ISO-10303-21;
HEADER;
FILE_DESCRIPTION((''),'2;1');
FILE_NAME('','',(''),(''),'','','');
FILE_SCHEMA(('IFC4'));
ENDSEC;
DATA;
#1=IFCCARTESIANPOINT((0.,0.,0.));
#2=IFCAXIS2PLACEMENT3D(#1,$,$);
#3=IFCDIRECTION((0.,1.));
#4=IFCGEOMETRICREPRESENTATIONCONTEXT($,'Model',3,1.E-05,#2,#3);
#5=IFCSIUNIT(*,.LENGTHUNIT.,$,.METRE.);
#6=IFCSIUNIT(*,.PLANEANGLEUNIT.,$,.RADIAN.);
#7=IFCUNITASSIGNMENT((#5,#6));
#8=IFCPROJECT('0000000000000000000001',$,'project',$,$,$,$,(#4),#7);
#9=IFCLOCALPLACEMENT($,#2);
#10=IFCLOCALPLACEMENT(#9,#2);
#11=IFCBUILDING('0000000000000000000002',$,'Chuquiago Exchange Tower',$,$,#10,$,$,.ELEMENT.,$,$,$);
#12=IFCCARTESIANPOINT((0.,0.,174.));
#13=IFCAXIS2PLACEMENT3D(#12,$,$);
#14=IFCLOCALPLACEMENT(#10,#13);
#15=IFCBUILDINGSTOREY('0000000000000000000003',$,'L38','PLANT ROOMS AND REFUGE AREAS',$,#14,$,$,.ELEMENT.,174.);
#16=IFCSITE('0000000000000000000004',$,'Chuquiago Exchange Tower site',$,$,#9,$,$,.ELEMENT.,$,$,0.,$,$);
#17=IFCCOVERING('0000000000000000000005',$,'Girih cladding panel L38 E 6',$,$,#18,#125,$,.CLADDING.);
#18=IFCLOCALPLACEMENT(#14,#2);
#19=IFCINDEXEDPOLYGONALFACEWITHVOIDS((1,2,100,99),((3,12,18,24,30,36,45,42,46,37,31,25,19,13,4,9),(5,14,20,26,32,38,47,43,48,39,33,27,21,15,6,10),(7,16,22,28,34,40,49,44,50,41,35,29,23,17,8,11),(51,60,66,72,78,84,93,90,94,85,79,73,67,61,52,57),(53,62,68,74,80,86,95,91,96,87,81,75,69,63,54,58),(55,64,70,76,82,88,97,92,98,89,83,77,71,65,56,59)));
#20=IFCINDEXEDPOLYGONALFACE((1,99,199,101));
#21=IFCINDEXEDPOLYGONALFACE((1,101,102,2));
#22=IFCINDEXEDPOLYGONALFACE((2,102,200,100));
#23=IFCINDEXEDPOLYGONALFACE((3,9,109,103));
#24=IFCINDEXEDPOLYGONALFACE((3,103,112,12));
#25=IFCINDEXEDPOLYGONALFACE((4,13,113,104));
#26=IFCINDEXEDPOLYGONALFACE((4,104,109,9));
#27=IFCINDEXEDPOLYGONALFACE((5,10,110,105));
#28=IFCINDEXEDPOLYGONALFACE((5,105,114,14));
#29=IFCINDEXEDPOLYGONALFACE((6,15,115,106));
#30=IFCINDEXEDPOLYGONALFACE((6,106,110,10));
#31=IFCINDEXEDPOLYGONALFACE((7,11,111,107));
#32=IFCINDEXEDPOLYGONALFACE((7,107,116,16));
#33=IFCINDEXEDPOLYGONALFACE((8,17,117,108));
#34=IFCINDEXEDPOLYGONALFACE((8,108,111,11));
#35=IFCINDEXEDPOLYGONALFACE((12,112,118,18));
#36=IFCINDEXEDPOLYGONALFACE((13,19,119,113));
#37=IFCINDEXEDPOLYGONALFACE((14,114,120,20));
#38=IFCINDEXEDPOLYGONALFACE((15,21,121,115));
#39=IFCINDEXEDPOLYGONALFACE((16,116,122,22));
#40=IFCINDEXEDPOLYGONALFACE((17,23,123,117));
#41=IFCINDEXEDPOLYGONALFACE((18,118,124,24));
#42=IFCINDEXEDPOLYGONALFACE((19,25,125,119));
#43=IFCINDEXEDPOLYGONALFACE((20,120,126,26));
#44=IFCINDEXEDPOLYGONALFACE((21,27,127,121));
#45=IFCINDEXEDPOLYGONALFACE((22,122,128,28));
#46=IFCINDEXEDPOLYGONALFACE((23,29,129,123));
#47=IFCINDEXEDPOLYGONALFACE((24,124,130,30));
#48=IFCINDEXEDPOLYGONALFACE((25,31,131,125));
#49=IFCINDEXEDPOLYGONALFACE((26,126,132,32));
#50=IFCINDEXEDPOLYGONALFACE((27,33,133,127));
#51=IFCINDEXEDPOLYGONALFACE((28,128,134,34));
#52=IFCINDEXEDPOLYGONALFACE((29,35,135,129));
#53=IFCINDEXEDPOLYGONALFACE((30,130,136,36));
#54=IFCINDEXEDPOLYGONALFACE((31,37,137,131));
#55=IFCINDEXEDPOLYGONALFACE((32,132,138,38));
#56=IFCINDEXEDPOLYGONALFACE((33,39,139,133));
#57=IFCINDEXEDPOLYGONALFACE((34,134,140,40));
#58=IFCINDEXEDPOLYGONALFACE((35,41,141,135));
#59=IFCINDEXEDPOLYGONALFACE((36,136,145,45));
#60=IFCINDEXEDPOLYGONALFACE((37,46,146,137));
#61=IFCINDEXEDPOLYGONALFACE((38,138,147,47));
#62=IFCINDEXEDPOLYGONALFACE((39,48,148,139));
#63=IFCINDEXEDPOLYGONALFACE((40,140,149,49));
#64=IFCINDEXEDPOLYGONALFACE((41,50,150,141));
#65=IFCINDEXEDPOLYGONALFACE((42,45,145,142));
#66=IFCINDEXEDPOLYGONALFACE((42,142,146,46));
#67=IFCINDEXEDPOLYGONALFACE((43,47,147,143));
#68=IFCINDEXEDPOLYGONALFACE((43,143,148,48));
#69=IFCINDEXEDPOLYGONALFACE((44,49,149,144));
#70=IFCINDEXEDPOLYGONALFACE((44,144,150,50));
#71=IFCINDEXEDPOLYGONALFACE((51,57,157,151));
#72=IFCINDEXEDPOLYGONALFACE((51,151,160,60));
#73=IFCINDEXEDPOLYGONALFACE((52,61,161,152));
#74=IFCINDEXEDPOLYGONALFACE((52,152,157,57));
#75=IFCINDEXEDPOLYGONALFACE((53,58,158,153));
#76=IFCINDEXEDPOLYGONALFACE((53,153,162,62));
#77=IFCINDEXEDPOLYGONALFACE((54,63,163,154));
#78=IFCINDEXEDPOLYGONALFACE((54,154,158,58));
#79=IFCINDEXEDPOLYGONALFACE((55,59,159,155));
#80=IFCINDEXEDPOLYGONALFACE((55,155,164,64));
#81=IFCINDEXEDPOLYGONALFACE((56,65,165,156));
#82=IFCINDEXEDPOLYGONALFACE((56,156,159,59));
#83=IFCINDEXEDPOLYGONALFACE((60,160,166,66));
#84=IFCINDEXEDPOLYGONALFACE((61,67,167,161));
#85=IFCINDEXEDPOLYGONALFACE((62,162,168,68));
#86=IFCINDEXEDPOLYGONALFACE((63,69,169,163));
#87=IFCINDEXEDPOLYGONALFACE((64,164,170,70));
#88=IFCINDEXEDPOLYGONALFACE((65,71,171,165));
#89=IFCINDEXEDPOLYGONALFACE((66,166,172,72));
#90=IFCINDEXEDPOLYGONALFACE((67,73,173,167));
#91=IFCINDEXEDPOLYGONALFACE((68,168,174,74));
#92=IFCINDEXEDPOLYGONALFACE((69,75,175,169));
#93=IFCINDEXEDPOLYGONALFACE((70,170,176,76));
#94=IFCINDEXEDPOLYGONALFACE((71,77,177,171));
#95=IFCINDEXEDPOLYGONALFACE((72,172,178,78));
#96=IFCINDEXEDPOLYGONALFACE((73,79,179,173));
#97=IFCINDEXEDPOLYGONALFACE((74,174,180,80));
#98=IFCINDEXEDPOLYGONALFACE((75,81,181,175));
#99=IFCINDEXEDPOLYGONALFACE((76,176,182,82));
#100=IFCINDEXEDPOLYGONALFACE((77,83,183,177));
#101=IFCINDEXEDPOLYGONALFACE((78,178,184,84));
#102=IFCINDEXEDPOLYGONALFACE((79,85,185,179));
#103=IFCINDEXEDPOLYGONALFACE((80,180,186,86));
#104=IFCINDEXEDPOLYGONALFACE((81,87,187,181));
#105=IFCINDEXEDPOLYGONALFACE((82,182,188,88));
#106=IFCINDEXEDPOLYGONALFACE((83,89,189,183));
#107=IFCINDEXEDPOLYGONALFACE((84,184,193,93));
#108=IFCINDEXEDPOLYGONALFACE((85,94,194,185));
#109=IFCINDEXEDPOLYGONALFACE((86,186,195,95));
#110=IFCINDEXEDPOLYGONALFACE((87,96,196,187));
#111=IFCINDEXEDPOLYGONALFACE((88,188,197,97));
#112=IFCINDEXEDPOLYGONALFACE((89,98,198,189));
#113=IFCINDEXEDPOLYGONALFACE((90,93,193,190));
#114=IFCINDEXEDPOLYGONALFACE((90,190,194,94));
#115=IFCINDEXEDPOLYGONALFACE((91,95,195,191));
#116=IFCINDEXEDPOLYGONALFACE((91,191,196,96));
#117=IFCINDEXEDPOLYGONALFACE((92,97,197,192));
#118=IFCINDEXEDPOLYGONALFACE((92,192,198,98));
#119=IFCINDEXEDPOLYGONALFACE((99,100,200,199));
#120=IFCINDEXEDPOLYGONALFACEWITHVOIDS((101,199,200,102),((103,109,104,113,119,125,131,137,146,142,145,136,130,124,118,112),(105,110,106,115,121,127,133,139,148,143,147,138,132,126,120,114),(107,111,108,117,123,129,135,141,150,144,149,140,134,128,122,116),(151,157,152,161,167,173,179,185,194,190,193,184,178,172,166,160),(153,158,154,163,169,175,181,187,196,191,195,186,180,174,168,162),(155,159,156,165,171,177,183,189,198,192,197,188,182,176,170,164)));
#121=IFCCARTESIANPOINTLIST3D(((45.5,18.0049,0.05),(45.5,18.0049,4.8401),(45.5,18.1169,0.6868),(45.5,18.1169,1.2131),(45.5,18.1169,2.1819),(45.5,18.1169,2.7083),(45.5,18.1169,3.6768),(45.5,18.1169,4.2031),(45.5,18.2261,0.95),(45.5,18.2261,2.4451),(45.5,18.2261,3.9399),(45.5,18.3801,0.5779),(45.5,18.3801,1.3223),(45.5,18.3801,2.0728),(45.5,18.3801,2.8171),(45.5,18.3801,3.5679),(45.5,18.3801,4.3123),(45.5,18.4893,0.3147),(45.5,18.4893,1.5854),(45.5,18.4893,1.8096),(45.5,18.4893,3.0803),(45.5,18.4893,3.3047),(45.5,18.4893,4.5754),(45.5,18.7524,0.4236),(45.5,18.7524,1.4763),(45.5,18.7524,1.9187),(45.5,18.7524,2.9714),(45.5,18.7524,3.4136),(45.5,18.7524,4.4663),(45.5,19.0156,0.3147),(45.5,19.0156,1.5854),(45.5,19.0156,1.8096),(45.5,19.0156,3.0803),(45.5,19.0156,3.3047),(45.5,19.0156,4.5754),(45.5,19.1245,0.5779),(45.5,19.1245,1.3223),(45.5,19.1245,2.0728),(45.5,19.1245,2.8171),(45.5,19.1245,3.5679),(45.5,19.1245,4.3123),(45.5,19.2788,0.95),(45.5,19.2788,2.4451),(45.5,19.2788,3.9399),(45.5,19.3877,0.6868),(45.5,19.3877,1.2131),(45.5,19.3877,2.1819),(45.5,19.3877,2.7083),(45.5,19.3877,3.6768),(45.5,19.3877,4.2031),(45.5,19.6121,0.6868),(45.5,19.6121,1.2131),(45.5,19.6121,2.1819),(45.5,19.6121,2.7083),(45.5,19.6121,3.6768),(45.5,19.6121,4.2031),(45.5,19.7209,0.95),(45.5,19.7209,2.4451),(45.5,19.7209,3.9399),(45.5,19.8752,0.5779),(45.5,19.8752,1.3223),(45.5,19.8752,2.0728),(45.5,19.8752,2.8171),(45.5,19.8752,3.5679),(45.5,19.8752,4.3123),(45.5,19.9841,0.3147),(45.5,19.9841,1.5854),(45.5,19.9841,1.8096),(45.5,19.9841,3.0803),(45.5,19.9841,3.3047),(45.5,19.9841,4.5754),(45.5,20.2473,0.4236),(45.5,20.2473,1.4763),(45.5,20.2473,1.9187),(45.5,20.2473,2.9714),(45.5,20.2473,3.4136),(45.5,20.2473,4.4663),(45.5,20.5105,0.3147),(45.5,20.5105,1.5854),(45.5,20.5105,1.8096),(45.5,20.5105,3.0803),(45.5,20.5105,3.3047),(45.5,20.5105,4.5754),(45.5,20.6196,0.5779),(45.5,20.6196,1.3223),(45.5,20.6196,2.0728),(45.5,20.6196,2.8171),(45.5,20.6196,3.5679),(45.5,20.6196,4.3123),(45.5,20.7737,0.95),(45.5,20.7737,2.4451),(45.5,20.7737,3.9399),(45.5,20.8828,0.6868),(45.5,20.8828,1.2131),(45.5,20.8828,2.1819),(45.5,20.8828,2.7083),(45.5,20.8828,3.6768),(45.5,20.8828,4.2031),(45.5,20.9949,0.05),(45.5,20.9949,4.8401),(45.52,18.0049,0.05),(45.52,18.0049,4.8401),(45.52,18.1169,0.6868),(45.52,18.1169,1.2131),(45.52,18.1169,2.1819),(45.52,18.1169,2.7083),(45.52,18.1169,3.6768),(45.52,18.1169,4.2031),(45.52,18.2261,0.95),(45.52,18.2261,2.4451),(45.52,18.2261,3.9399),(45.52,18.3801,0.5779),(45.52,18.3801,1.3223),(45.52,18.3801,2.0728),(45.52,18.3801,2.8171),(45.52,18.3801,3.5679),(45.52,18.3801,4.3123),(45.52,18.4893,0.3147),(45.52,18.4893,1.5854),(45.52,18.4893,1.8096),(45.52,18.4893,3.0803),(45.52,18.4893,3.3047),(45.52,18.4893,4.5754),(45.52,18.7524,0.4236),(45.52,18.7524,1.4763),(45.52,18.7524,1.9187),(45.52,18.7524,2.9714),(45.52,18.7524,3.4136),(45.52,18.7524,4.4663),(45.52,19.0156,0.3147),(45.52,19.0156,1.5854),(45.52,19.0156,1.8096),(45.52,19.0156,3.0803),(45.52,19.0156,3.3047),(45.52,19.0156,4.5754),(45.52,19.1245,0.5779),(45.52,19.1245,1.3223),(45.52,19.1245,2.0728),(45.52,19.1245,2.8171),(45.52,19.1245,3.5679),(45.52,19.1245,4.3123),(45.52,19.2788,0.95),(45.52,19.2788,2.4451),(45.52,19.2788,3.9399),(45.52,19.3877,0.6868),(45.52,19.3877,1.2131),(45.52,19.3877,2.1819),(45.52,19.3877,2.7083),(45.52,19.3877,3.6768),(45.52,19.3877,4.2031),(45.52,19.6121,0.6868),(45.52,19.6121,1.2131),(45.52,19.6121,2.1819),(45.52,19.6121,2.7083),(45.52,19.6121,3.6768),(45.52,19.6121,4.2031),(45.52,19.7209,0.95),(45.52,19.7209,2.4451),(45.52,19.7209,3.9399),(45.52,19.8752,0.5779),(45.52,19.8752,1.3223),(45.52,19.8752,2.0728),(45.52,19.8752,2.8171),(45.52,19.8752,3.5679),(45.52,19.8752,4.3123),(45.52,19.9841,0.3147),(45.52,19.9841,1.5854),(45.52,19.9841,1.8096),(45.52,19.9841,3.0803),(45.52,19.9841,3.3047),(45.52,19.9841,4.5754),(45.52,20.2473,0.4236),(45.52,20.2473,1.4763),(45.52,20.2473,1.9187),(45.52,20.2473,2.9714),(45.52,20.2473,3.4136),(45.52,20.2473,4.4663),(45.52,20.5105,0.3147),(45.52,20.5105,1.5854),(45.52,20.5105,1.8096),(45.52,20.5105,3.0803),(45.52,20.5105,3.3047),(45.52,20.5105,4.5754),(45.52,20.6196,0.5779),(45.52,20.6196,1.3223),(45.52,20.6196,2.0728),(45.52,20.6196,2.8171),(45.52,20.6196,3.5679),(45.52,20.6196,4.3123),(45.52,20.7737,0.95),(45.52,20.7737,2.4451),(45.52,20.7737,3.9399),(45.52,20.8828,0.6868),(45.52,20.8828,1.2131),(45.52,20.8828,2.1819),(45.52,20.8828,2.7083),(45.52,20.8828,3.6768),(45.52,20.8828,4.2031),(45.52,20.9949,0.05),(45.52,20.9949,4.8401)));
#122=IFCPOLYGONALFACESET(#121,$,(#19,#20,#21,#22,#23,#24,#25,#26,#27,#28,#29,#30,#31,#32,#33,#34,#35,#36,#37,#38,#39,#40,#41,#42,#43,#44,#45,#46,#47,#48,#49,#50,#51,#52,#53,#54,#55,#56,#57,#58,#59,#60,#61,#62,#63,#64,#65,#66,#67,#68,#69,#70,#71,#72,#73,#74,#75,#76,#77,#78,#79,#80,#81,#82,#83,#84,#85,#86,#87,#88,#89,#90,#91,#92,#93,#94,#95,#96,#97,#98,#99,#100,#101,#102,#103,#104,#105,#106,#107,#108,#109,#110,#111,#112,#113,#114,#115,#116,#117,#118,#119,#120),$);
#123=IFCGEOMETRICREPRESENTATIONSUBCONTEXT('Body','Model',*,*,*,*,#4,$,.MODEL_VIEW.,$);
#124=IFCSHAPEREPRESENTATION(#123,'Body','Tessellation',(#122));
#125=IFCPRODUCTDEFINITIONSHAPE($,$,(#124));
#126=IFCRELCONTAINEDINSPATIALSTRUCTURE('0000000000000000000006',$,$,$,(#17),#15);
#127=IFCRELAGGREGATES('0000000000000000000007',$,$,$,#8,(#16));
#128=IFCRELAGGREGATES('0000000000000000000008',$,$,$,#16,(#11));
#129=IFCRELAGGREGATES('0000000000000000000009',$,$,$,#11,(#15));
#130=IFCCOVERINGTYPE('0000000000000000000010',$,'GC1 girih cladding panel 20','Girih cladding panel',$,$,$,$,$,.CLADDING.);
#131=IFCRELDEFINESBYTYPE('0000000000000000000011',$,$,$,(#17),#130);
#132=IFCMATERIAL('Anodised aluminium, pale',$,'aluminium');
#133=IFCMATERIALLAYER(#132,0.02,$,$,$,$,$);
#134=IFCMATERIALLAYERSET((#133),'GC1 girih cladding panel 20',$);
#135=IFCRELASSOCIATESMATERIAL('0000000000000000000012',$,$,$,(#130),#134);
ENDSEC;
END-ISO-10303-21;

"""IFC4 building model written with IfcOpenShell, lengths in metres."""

from ifc_helpers import new_model, si_unit, direction, frame, origin, place, context, subcontext, project, spatial, polyline, outline, extrude, material, layer, layer_set, type_object, element, save


model = new_model("IFC4")

# Units and contexts
model_context = context("Model", 3, precision=1e-05, world=origin(), true_north=direction((0.0, 1.0)))
body_context = subcontext(model_context, "Body", "Model", "MODEL_VIEW")
ifc_project = project(units=[si_unit("LENGTHUNIT", "METRE"), si_unit("PLANEANGLEUNIT", "RADIAN")], contexts=[model_context])

# Site, building, storey
site_placement = place(None, origin())
site = spatial("IfcSite", under=ifc_project, at=site_placement, Name="Chuquiago Exchange Tower site", CompositionType="ELEMENT", RefElevation=0.0)
building_placement = place(site_placement, origin())
building = spatial("IfcBuilding", under=site, at=building_placement, Name="Chuquiago Exchange Tower", CompositionType="ELEMENT")
storey_placement = place(building_placement, frame((0.0, 0.0, 174.0)))
storey = spatial("IfcBuildingStorey", under=building, at=storey_placement, Name="L38", Description="PLANT ROOMS AND REFUGE AREAS", CompositionType="ELEMENT", Elevation=174.0)

# Covering
ifc_material_1 = material(Name="Anodised aluminium, pale", Category="aluminium")
ifc_layer_1 = layer(ifc_material_1, 0.02)
ifc_layer_set_1 = layer_set([ifc_layer_1], Name="GC1 girih cladding panel 20")
covering_type_1 = type_object("IfcCoveringType", Name="GC1 girih cladding panel 20", Description="Girih cladding panel", PredefinedType="CLADDING", material=ifc_layer_set_1)
covering_1_placement = place(storey_placement, frame((45.5, 18.0049, 0.05), z_axis=(0.0, 0.0, 1.0), x_axis=(0.0, 1.0, 0.0)))
element("IfcCovering", 1, at=covering_1_placement, inside=storey, type_object=covering_type_1, Name="Girih cladding panel L38 E 6", PredefinedType="CLADDING", context=body_context, shape_type="SweptSolid", body=[
    extrude(outline(polyline([(0.0, 0.0), (2.99, 0.0), (2.99, 4.79), (0.0, 4.79), (0.0, 0.0)]), holes=[polyline([(1.2739, 0.8999), (1.3828, 1.1631), (1.1196, 1.2722), (1.0107, 1.5354), (0.7476, 1.4263), (0.4844, 1.5354), (0.3752, 1.2722), (0.1121, 1.1631), (0.2212, 0.8999), (0.1121, 0.6367), (0.3752, 0.5278), (0.4844, 0.2646), (0.7476, 0.3735), (1.0107, 0.2646), (1.1196, 0.5278), (1.3828, 0.6367), (1.2739, 0.8999)]), polyline([(2.7688, 0.8999), (2.8779, 1.1631), (2.6147, 1.2722), (2.5056, 1.5354), (2.2424, 1.4263), (1.9792, 1.5354), (1.8704, 1.2722), (1.6072, 1.1631), (1.7161, 0.8999), (1.6072, 0.6367), (1.8704, 0.5278), (1.9792, 0.2646), (2.2424, 0.3735), (2.5056, 0.2646), (2.6147, 0.5278), (2.8779, 0.6367), (2.7688, 0.8999)]), polyline([(1.2739, 2.395), (1.3828, 2.6582), (1.1196, 2.7671), (1.0107, 3.0303), (0.7476, 2.9214), (0.4844, 3.0303), (0.3752, 2.7671), (0.1121, 2.6582), (0.2212, 2.395), (0.1121, 2.1318), (0.3752, 2.0227), (0.4844, 1.7595), (0.7476, 1.8687), (1.0107, 1.7595), (1.1196, 2.0227), (1.3828, 2.1318), (1.2739, 2.395)]), polyline([(2.7688, 2.395), (2.8779, 2.6582), (2.6147, 2.7671), (2.5056, 3.0303), (2.2424, 2.9214), (1.9792, 3.0303), (1.8704, 2.7671), (1.6072, 2.6582), (1.7161, 2.395), (1.6072, 2.1318), (1.8704, 2.0227), (1.9792, 1.7595), (2.2424, 1.8687), (2.5056, 1.7595), (2.6147, 2.0227), (2.8779, 2.1318), (2.7688, 2.395)]), polyline([(1.2739, 3.8899), (1.3828, 4.1531), (1.1196, 4.2622), (1.0107, 4.5254), (0.7476, 4.4163), (0.4844, 4.5254), (0.3752, 4.2622), (0.1121, 4.1531), (0.2212, 3.8899), (0.1121, 3.6267), (0.3752, 3.5178), (0.4844, 3.2546), (0.7476, 3.3635), (1.0107, 3.2546), (1.1196, 3.5178), (1.3828, 3.6267), (1.2739, 3.8899)]), polyline([(2.7688, 3.8899), (2.8779, 4.1531), (2.6147, 4.2622), (2.5056, 4.5254), (2.2424, 4.4163), (1.9792, 4.5254), (1.8704, 4.2622), (1.6072, 4.1531), (1.7161, 3.8899), (1.6072, 3.6267), (1.8704, 3.5178), (1.9792, 3.2546), (2.2424, 3.3635), (2.5056, 3.2546), (2.6147, 3.5178), (2.8779, 3.6267), (2.7688, 3.8899)])]), frame((0.0, 0.0, 0.0), z_axis=(0.0, -1.0, 0.0), x_axis=(1.0, 0.0, 0.0)), (0.0, 0.0, 1.0), 0.02),
])

save(model, "model.ifc")
